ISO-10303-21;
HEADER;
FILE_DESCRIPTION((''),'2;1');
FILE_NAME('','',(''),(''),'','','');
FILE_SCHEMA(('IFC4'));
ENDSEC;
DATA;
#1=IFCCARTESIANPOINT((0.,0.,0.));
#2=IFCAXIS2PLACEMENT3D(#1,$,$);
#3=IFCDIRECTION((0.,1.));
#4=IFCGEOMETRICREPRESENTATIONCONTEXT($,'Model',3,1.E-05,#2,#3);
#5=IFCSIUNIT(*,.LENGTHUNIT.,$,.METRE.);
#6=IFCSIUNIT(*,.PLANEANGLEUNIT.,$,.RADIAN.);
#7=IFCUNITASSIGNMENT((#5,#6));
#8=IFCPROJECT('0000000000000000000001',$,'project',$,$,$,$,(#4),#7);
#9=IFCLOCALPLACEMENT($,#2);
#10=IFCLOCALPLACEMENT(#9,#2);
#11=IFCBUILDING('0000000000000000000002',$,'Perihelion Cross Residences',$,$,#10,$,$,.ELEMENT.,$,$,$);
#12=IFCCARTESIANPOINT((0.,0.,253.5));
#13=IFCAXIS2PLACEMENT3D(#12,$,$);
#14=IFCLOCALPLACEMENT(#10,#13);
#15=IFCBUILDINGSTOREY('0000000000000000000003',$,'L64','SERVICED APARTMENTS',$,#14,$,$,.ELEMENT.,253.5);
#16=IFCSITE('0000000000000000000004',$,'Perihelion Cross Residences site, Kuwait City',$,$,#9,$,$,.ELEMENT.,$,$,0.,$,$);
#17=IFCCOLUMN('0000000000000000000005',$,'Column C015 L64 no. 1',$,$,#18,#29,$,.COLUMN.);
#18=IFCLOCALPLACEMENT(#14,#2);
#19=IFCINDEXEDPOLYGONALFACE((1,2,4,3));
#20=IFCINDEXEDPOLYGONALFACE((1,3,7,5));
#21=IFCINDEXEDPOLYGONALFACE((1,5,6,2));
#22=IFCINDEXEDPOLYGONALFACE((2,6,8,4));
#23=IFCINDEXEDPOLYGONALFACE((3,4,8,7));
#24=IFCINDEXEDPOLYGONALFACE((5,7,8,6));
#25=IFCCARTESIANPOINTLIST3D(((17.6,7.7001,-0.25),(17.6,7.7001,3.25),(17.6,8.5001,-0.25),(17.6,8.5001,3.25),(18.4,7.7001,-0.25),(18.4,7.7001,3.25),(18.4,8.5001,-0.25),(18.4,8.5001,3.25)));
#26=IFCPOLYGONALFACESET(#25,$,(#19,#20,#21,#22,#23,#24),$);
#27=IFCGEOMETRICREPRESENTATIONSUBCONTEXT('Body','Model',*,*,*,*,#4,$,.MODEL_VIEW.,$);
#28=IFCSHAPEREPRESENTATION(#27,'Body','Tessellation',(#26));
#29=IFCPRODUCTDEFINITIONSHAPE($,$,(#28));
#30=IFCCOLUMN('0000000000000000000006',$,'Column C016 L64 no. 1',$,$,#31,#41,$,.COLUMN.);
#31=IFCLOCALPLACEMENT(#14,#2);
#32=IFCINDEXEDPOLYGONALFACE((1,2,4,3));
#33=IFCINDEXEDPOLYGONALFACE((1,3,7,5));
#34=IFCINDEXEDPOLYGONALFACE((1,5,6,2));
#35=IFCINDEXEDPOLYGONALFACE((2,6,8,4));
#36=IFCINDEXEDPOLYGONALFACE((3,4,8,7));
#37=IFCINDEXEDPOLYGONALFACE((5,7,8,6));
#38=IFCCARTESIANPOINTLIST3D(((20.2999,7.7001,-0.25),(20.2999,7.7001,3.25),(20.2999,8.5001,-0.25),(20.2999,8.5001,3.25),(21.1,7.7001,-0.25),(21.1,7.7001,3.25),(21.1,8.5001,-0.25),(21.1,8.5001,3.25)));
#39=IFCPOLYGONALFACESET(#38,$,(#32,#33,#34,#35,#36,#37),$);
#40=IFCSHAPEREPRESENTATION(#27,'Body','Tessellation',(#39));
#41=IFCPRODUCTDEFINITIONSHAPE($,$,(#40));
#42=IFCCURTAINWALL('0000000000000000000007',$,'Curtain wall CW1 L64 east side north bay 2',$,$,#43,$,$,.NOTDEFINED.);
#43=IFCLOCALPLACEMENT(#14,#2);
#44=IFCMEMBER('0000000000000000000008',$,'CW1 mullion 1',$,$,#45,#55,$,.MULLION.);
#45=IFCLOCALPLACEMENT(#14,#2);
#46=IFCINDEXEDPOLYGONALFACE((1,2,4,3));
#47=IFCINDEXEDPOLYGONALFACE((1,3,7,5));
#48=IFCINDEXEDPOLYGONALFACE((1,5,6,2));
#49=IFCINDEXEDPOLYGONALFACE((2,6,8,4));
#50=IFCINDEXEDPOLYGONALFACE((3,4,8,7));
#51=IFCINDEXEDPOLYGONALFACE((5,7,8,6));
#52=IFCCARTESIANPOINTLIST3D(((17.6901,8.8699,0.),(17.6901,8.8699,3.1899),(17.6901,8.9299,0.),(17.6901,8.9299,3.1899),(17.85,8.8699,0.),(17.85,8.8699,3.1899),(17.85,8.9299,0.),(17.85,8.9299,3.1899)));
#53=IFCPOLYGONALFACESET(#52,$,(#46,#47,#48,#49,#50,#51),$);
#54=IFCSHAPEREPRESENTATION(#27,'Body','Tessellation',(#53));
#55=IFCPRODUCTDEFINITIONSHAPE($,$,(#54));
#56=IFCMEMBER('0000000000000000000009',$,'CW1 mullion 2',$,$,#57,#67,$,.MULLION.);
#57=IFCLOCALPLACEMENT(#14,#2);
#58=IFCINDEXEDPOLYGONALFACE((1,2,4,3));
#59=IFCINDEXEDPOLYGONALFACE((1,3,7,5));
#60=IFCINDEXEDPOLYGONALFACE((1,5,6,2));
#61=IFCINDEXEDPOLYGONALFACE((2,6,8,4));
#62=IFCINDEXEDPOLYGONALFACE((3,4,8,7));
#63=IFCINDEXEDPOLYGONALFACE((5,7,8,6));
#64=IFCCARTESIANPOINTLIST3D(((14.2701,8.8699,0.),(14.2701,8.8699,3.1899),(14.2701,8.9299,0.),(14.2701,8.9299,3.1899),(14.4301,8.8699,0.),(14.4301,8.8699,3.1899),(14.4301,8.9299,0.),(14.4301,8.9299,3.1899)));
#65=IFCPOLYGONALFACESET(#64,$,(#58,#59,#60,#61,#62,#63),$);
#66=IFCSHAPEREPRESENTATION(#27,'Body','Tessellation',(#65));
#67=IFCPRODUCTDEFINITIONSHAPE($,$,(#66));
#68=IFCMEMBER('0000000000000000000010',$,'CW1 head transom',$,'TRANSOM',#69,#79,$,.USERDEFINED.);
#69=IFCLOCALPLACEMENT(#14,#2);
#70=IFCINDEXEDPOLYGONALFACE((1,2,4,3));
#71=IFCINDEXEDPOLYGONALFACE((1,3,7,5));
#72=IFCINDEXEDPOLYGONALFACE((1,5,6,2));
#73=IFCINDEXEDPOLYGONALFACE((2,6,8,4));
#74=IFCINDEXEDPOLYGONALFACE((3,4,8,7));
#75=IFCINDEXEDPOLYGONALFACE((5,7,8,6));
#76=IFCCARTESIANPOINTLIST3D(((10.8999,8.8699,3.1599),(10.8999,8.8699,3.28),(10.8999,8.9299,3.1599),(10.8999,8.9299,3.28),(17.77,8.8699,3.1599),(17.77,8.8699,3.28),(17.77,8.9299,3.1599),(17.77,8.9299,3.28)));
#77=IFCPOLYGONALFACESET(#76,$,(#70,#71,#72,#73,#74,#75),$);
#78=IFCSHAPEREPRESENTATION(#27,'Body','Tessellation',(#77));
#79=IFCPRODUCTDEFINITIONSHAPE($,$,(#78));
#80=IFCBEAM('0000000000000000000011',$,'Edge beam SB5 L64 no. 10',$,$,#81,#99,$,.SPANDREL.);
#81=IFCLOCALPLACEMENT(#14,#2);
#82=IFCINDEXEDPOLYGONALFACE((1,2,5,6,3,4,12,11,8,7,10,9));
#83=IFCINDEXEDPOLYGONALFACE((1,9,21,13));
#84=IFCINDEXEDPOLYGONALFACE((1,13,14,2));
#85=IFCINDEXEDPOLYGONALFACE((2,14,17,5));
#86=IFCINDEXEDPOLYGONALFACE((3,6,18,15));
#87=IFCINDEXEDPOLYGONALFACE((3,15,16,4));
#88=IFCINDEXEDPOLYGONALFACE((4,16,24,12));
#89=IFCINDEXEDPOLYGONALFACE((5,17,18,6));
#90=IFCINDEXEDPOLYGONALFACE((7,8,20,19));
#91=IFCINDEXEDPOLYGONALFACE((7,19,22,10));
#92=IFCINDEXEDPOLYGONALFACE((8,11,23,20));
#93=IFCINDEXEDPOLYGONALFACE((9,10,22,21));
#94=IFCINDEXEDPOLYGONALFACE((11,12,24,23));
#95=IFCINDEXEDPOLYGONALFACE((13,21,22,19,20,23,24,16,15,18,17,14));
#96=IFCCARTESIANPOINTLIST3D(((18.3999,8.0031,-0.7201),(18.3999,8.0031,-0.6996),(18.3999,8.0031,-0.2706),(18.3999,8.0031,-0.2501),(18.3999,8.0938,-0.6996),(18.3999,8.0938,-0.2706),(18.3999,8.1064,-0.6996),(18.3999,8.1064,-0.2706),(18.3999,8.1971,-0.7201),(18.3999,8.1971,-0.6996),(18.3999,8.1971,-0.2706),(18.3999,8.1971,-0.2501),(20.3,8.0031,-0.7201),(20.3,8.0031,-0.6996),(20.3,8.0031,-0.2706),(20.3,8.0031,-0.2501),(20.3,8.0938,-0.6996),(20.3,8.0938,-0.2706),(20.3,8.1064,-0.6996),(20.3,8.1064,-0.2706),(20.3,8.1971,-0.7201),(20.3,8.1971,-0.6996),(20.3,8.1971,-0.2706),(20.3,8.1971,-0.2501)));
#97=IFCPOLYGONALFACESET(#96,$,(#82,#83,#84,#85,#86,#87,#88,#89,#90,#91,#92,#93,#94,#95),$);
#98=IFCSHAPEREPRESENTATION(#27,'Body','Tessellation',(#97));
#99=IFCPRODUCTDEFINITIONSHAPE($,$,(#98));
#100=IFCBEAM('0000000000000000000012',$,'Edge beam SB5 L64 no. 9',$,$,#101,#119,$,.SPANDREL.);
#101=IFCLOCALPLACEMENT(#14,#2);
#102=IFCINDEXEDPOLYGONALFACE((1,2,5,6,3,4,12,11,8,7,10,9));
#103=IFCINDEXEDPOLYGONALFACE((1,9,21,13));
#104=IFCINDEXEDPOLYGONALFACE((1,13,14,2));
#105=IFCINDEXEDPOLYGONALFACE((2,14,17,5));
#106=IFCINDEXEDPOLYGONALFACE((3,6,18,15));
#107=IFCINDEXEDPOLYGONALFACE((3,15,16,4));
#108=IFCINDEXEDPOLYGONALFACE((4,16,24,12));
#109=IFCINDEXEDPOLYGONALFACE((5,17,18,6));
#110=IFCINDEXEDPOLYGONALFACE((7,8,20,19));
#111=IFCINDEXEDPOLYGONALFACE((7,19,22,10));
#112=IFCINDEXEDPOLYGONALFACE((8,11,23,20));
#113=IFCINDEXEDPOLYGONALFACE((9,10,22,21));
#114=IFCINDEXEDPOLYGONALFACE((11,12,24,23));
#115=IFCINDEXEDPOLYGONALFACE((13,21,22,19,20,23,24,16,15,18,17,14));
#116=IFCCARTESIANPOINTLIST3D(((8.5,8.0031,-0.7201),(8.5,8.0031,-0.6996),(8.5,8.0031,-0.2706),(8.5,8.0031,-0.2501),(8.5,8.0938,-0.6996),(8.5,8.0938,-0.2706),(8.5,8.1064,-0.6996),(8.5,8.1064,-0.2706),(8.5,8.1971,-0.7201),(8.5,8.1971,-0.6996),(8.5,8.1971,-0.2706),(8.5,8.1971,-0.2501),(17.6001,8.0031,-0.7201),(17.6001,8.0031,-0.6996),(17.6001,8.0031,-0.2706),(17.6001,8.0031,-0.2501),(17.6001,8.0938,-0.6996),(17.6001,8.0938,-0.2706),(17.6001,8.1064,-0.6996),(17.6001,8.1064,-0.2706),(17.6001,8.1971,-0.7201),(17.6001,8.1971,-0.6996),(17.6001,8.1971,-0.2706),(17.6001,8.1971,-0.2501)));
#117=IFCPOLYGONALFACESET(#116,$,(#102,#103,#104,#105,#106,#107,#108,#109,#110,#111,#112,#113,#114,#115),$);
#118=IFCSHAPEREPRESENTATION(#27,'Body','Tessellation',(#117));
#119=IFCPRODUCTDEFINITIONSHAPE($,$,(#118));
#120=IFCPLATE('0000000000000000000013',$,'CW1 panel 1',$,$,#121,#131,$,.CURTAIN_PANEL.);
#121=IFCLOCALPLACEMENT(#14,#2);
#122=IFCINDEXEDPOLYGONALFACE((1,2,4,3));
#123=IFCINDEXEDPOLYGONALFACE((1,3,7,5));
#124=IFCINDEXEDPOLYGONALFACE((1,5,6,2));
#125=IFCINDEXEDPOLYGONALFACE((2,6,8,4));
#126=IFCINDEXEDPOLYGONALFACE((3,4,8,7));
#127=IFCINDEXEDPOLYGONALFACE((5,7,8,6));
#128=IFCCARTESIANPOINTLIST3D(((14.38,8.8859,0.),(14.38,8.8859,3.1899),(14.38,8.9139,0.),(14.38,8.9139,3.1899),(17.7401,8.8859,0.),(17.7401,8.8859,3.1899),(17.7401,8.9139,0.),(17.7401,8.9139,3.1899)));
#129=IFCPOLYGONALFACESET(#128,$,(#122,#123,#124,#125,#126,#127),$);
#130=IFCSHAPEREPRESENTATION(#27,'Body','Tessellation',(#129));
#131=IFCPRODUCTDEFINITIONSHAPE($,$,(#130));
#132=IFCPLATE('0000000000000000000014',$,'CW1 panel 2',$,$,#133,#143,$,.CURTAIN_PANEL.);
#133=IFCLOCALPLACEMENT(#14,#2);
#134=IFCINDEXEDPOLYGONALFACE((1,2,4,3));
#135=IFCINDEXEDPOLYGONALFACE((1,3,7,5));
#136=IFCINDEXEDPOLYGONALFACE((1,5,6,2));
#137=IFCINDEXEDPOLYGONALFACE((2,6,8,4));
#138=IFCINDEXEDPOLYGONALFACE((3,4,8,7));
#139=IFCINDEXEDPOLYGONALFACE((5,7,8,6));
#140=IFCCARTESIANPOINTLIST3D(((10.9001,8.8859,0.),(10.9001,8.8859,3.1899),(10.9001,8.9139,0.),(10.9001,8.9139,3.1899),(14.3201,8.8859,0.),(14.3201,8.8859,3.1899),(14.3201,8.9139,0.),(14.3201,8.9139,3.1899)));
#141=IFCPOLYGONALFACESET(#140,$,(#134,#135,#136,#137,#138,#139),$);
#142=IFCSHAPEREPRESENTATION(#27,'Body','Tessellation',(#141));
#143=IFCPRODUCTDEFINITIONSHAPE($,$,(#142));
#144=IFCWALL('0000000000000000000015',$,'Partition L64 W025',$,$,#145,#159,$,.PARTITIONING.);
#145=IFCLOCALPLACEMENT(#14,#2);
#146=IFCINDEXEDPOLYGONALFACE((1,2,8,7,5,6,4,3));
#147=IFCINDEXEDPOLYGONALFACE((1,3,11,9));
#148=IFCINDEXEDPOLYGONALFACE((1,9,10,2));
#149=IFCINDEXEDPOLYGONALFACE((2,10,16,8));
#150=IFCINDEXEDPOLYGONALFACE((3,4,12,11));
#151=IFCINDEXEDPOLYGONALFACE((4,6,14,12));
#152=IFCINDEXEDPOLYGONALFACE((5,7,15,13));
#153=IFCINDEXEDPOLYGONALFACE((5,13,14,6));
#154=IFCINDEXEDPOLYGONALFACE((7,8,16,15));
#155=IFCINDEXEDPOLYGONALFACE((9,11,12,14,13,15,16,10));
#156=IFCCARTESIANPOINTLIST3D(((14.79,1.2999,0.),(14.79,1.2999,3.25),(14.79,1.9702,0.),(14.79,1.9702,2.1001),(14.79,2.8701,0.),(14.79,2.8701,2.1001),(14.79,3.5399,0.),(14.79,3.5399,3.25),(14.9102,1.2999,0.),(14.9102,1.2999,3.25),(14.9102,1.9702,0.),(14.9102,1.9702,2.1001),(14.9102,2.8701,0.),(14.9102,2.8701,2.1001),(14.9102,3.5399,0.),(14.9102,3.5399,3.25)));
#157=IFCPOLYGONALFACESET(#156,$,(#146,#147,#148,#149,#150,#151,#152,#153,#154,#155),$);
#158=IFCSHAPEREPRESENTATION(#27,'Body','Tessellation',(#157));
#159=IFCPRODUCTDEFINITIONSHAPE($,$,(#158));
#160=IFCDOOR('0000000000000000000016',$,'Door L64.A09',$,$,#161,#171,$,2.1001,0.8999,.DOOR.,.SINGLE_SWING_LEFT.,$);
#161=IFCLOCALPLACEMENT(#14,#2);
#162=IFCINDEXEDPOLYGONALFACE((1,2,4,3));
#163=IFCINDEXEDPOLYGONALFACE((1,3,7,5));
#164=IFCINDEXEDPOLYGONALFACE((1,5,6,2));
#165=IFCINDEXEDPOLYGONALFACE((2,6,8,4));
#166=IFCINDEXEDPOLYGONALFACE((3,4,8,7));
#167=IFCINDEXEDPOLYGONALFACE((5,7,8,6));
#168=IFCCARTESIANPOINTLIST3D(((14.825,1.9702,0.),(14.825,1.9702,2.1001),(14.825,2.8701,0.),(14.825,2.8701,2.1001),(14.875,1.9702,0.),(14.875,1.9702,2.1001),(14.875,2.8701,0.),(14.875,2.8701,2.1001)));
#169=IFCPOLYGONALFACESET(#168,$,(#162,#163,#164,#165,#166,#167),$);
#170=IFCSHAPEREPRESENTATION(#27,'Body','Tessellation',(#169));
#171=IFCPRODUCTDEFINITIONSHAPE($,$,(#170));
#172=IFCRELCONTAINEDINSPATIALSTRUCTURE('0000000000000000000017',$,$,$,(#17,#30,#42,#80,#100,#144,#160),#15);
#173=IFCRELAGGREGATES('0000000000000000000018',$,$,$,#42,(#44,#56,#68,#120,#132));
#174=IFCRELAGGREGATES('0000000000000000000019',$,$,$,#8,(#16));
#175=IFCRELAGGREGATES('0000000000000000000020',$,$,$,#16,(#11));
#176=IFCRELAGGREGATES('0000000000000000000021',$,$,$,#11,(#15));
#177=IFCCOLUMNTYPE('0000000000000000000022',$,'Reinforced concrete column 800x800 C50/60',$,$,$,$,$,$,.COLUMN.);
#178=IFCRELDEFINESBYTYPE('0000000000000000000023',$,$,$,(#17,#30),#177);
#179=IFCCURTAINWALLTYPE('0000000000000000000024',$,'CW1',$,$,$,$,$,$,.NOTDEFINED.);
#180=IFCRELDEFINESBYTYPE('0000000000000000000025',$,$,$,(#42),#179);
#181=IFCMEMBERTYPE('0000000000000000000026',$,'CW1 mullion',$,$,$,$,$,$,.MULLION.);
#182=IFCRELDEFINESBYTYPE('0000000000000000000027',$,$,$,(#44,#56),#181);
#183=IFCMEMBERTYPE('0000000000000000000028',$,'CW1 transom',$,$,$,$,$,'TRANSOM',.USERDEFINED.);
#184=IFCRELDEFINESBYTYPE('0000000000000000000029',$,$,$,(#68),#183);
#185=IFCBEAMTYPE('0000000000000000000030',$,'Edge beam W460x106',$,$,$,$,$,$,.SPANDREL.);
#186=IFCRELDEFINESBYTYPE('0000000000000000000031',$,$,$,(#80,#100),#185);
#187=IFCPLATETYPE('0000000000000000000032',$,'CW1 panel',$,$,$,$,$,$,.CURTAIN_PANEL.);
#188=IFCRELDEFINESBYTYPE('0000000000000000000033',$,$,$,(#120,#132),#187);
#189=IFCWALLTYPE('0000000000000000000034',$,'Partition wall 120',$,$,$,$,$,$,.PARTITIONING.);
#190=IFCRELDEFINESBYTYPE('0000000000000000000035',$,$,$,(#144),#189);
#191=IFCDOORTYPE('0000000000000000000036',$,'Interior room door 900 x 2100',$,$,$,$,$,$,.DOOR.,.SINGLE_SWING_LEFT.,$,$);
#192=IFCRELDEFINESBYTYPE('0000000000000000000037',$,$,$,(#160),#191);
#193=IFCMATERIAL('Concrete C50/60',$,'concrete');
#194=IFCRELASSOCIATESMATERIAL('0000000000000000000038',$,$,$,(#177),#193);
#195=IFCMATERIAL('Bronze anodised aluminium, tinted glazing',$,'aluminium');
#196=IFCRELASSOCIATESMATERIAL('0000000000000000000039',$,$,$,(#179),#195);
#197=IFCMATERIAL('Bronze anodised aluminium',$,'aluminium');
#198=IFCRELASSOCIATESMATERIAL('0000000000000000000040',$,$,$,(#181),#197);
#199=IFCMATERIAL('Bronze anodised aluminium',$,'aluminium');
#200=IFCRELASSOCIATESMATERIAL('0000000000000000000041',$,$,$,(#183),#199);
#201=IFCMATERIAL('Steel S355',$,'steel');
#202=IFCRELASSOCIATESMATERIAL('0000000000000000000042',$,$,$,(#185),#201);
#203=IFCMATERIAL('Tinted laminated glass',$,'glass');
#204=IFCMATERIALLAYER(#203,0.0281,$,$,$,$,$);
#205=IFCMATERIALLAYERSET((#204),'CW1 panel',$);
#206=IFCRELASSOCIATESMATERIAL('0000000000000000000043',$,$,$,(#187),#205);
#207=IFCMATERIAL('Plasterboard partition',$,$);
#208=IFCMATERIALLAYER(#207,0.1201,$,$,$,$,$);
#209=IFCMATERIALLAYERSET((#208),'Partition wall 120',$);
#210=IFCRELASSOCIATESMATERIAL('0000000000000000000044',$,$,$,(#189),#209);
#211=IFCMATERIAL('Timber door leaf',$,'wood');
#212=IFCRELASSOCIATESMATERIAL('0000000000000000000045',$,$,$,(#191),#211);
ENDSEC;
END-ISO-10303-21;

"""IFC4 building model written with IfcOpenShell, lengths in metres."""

from ifc_helpers import new_model, si_unit, direction, frame, frame_2d, origin, origin_2d, place, context, subcontext, project, spatial, rectangle, i_section, extrude, material, layer, layer_set, material_profile, profile_set, type_object, element, fill, aggregate, save


model = new_model("IFC4")

# Units and contexts
model_context = context("Model", 3, precision=1e-05, world=origin(), true_north=direction((0.0, 1.0)))
body_context = subcontext(model_context, "Body", "Model", "MODEL_VIEW")
ifc_project = project(units=[si_unit("LENGTHUNIT", "METRE"), si_unit("PLANEANGLEUNIT", "RADIAN")], contexts=[model_context])

# Site, building, storey
site_placement = place(None, origin())
site = spatial("IfcSite", under=ifc_project, at=site_placement, Name="Perihelion Cross Residences site, Kuwait City", CompositionType="ELEMENT", RefElevation=0.0)
building_placement = place(site_placement, origin())
building = spatial("IfcBuilding", under=site, at=building_placement, Name="Perihelion Cross Residences", CompositionType="ELEMENT")
storey_placement = place(building_placement, frame((0.0, 0.0, 253.5)))
storey = spatial("IfcBuildingStorey", under=building, at=storey_placement, Name="L64", Description="SERVICED APARTMENTS", CompositionType="ELEMENT", Elevation=253.5)

# Columns
ifc_material_1 = material(Name="Concrete C50/60", Category="concrete")
ifc_material_profile_1 = material_profile(ifc_material_1, rectangle(XDim=0.8, YDim=0.8, at=origin_2d()), Name="RC 800x800")
ifc_profile_set_1 = profile_set([ifc_material_profile_1], Name="Concrete C50/60")
column_type = type_object("IfcColumnType", Name="Reinforced concrete column 800x800 C50/60", PredefinedType="COLUMN", material=ifc_profile_set_1)
for number, where, z_axis, x_axis, name in (
    (1, (18.0, 8.1001, -0.25), (0.0, 0.0, 1.0), (1.0, 0.0, 0.0), "Column C015 L64 no. 1"),
    (2, (20.7, 8.1001, -0.25), (0.0, 0.0, 1.0), (1.0, 0.0, 0.0), "Column C016 L64 no. 1"),
):
    element("IfcColumn", number, at=place(storey_placement, frame(where, z_axis=z_axis, x_axis=x_axis)), inside=storey, type_object=column_type, Name=name, PredefinedType="COLUMN", context=body_context, shape_type="SweptSolid", body=[
        extrude(rectangle(XDim=0.8, YDim=0.8, at=origin_2d()), origin(), (0.0, 0.0, 1.0), 3.5),
    ])

# Curtain wall, members
ifc_material_2 = material(Name="Bronze anodised aluminium, tinted glazing", Category="aluminium")
curtain_wall_type = type_object("IfcCurtainWallType", Name="CW1", PredefinedType="NOTDEFINED", material=ifc_material_2)
curtain_wall_placement = place(storey_placement, origin())
curtain_wall = element("IfcCurtainWall", 3, at=curtain_wall_placement, inside=storey, type_object=curtain_wall_type, Name="Curtain wall CW1 L64 east side north bay 2", PredefinedType="NOTDEFINED")
ifc_material_3 = material(Name="Bronze anodised aluminium", Category="aluminium")
ifc_material_profile_2 = material_profile(ifc_material_3, rectangle(XDim=0.0601, YDim=0.1599, at=origin_2d()), Name="CW1 mullion")
ifc_profile_set_2 = profile_set([ifc_material_profile_2], Name="Bronze anodised aluminium")
member_type_1 = type_object("IfcMemberType", Name="CW1 mullion", PredefinedType="MULLION", material=ifc_profile_set_2)
member_1_placement = place(storey_placement, frame((17.77, 8.8999, 0.0), z_axis=(0.0, 0.0, 1.0), x_axis=(0.0, -1.0, 0.0)))
member_1 = element("IfcMember", 4, at=member_1_placement, type_object=member_type_1, Name="CW1 mullion 1", PredefinedType="MULLION", context=body_context, shape_type="SweptSolid", body=[
    extrude(rectangle(XDim=0.0601, YDim=0.1599, at=origin_2d()), origin(), (0.0, 0.0, 1.0), 3.1899),
])
member_2_placement = place(storey_placement, frame((14.3501, 8.8999, 0.0), z_axis=(0.0, 0.0, 1.0), x_axis=(0.0, -1.0, 0.0)))
member_2 = element("IfcMember", 5, at=member_2_placement, type_object=member_type_1, Name="CW1 mullion 2", PredefinedType="MULLION", context=body_context, shape_type="SweptSolid", body=[
    extrude(rectangle(XDim=0.0601, YDim=0.1599, at=origin_2d()), origin(), (0.0, 0.0, 1.0), 3.1899),
])
ifc_material_4 = material(Name="Bronze anodised aluminium", Category="aluminium")
ifc_material_profile_3 = material_profile(ifc_material_4, rectangle(XDim=0.0601, YDim=0.1201, at=origin_2d()), Name="CW1 transom")
ifc_profile_set_3 = profile_set([ifc_material_profile_3], Name="Bronze anodised aluminium")
member_type_2 = type_object("IfcMemberType", Name="CW1 transom", ElementType="TRANSOM", PredefinedType="USERDEFINED", material=ifc_profile_set_3)
member_3_placement = place(storey_placement, frame((17.77, 8.8999, 3.22), z_axis=(-1.0, 0.0, 0.0), x_axis=(0.0, -1.0, 0.0)))
member_3 = element("IfcMember", 6, at=member_3_placement, type_object=member_type_2, Name="CW1 head transom", ObjectType="TRANSOM", PredefinedType="USERDEFINED", context=body_context, shape_type="SweptSolid", body=[
    extrude(rectangle(XDim=0.0601, YDim=0.1201, at=origin_2d()), origin(), (0.0, 0.0, 1.0), 6.8701),
])

# Beams
ifc_material_5 = material(Name="Steel S355", Category="steel")
ifc_material_profile_4 = material_profile(ifc_material_5, i_section(OverallWidth=0.1941, OverallDepth=0.47, WebThickness=0.0127, FlangeThickness=0.0205, at=origin_2d()), Name="W460x106")
ifc_profile_set_4 = profile_set([ifc_material_profile_4], Name="Steel S355")
beam_type = type_object("IfcBeamType", Name="Edge beam W460x106", PredefinedType="SPANDREL", material=ifc_profile_set_4)
beam_1_placement = place(storey_placement, frame((20.3, 8.1001, -0.4851), z_axis=(-1.0, 0.0, 0.0), x_axis=(0.0, -1.0, 0.0)))
element("IfcBeam", 7, at=beam_1_placement, inside=storey, type_object=beam_type, Name="Edge beam SB5 L64 no. 10", PredefinedType="SPANDREL", context=body_context, shape_type="SweptSolid", body=[
    extrude(i_section(OverallWidth=0.1941, OverallDepth=0.47, WebThickness=0.0127, FlangeThickness=0.0205, at=origin_2d()), origin(), (0.0, 0.0, 1.0), 1.9001),
])
beam_2_placement = place(storey_placement, frame((17.6001, 8.1001, -0.4851), z_axis=(-1.0, 0.0, 0.0), x_axis=(0.0, -1.0, 0.0)))
element("IfcBeam", 8, at=beam_2_placement, inside=storey, type_object=beam_type, Name="Edge beam SB5 L64 no. 9", PredefinedType="SPANDREL", context=body_context, shape_type="SweptSolid", body=[
    extrude(i_section(OverallWidth=0.1941, OverallDepth=0.47, WebThickness=0.0127, FlangeThickness=0.0205, at=origin_2d()), origin(), (0.0, 0.0, 1.0), 9.1001),
])

# Plates
ifc_material_6 = material(Name="Tinted laminated glass", Category="glass")
ifc_layer_1 = layer(ifc_material_6, 0.0281)
ifc_layer_set_1 = layer_set([ifc_layer_1], Name="CW1 panel")
plate_type = type_object("IfcPlateType", Name="CW1 panel", PredefinedType="CURTAIN_PANEL", material=ifc_layer_set_1)
plate_1_placement = place(storey_placement, frame((16.0601, 8.8999, 0.0), z_axis=(0.0, 0.0, 1.0), x_axis=(-1.0, 0.0, 0.0)))
plate_1 = element("IfcPlate", 9, at=plate_1_placement, type_object=plate_type, Name="CW1 panel 1", PredefinedType="CURTAIN_PANEL", context=body_context, shape_type="SweptSolid", body=[
    extrude(rectangle(XDim=3.3601, YDim=0.0281, at=origin_2d()), origin(), (0.0, 0.0, 1.0), 3.1899),
])
plate_2_placement = place(storey_placement, frame((12.6101, 8.8999, 0.0), z_axis=(0.0, 0.0, 1.0), x_axis=(-1.0, 0.0, 0.0)))
plate_2 = element("IfcPlate", 10, at=plate_2_placement, type_object=plate_type, Name="CW1 panel 2", PredefinedType="CURTAIN_PANEL", context=body_context, shape_type="SweptSolid", body=[
    extrude(rectangle(XDim=3.4199, YDim=0.0281, at=origin_2d()), origin(), (0.0, 0.0, 1.0), 3.1899),
])
aggregate(curtain_wall, [member_1, member_2, member_3, plate_1, plate_2])

# Wall, opening, door
ifc_material_7 = material(Name="Plasterboard partition")
ifc_layer_2 = layer(ifc_material_7, 0.1201)
ifc_layer_set_2 = layer_set([ifc_layer_2], Name="Partition wall 120")
wall_type_1 = type_object("IfcWallType", Name="Partition wall 120", PredefinedType="PARTITIONING", material=ifc_layer_set_2)
wall_1_placement = place(storey_placement, frame((14.8501, 3.54, 0.0), z_axis=(0.0, 0.0, 1.0), x_axis=(0.0, -1.0, 0.0)))
wall_1 = element("IfcWall", 11, at=wall_1_placement, inside=storey, type_object=wall_type_1, Name="Partition L64 W025", PredefinedType="PARTITIONING", context=body_context, shape_type="SweptSolid", body=[
    extrude(rectangle(XDim=2.24, YDim=0.1201, at=frame_2d((1.1201, 0.0))), origin(), (0.0, 0.0, 1.0), 3.25),
])
opening_1_placement = place(wall_1_placement, frame((0.6699, 0.0, 0.0)))
opening_1 = element("IfcOpeningElement", 12, at=opening_1_placement, cuts=wall_1, PredefinedType="OPENING", context=body_context, shape_type="SweptSolid", body=[
    extrude(rectangle(XDim=0.8999, YDim=2.1001, at=frame_2d((0.45, 1.05))), frame((0.0, 0.0701, 0.0), z_axis=(0.0, -1.0, 0.0), x_axis=(1.0, 0.0, 0.0)), (0.0, 0.0, 1.0), 0.1401),
])
ifc_material_8 = material(Name="Timber door leaf", Category="wood")
door_type_1 = type_object("IfcDoorType", Name="Interior room door 900 x 2100", OperationType="SINGLE_SWING_LEFT", PredefinedType="DOOR", material=ifc_material_8)
door_1_placement = place(opening_1_placement, origin())
door_1 = element("IfcDoor", 13, at=door_1_placement, inside=storey, type_object=door_type_1, Name="Door L64.A09", OperationType="SINGLE_SWING_LEFT", OverallHeight=2.1001, OverallWidth=0.8999, PredefinedType="DOOR", context=body_context, shape_type="SweptSolid", body=[
    extrude(rectangle(XDim=0.8999, YDim=2.1001, at=frame_2d((0.45, 1.05))), frame((0.0, 0.0249, 0.0), z_axis=(0.0, -1.0, 0.0), x_axis=(1.0, 0.0, 0.0)), (0.0, 0.0, 1.0), 0.05),
])
fill(opening_1, door_1)

save(model, "model.ifc")
